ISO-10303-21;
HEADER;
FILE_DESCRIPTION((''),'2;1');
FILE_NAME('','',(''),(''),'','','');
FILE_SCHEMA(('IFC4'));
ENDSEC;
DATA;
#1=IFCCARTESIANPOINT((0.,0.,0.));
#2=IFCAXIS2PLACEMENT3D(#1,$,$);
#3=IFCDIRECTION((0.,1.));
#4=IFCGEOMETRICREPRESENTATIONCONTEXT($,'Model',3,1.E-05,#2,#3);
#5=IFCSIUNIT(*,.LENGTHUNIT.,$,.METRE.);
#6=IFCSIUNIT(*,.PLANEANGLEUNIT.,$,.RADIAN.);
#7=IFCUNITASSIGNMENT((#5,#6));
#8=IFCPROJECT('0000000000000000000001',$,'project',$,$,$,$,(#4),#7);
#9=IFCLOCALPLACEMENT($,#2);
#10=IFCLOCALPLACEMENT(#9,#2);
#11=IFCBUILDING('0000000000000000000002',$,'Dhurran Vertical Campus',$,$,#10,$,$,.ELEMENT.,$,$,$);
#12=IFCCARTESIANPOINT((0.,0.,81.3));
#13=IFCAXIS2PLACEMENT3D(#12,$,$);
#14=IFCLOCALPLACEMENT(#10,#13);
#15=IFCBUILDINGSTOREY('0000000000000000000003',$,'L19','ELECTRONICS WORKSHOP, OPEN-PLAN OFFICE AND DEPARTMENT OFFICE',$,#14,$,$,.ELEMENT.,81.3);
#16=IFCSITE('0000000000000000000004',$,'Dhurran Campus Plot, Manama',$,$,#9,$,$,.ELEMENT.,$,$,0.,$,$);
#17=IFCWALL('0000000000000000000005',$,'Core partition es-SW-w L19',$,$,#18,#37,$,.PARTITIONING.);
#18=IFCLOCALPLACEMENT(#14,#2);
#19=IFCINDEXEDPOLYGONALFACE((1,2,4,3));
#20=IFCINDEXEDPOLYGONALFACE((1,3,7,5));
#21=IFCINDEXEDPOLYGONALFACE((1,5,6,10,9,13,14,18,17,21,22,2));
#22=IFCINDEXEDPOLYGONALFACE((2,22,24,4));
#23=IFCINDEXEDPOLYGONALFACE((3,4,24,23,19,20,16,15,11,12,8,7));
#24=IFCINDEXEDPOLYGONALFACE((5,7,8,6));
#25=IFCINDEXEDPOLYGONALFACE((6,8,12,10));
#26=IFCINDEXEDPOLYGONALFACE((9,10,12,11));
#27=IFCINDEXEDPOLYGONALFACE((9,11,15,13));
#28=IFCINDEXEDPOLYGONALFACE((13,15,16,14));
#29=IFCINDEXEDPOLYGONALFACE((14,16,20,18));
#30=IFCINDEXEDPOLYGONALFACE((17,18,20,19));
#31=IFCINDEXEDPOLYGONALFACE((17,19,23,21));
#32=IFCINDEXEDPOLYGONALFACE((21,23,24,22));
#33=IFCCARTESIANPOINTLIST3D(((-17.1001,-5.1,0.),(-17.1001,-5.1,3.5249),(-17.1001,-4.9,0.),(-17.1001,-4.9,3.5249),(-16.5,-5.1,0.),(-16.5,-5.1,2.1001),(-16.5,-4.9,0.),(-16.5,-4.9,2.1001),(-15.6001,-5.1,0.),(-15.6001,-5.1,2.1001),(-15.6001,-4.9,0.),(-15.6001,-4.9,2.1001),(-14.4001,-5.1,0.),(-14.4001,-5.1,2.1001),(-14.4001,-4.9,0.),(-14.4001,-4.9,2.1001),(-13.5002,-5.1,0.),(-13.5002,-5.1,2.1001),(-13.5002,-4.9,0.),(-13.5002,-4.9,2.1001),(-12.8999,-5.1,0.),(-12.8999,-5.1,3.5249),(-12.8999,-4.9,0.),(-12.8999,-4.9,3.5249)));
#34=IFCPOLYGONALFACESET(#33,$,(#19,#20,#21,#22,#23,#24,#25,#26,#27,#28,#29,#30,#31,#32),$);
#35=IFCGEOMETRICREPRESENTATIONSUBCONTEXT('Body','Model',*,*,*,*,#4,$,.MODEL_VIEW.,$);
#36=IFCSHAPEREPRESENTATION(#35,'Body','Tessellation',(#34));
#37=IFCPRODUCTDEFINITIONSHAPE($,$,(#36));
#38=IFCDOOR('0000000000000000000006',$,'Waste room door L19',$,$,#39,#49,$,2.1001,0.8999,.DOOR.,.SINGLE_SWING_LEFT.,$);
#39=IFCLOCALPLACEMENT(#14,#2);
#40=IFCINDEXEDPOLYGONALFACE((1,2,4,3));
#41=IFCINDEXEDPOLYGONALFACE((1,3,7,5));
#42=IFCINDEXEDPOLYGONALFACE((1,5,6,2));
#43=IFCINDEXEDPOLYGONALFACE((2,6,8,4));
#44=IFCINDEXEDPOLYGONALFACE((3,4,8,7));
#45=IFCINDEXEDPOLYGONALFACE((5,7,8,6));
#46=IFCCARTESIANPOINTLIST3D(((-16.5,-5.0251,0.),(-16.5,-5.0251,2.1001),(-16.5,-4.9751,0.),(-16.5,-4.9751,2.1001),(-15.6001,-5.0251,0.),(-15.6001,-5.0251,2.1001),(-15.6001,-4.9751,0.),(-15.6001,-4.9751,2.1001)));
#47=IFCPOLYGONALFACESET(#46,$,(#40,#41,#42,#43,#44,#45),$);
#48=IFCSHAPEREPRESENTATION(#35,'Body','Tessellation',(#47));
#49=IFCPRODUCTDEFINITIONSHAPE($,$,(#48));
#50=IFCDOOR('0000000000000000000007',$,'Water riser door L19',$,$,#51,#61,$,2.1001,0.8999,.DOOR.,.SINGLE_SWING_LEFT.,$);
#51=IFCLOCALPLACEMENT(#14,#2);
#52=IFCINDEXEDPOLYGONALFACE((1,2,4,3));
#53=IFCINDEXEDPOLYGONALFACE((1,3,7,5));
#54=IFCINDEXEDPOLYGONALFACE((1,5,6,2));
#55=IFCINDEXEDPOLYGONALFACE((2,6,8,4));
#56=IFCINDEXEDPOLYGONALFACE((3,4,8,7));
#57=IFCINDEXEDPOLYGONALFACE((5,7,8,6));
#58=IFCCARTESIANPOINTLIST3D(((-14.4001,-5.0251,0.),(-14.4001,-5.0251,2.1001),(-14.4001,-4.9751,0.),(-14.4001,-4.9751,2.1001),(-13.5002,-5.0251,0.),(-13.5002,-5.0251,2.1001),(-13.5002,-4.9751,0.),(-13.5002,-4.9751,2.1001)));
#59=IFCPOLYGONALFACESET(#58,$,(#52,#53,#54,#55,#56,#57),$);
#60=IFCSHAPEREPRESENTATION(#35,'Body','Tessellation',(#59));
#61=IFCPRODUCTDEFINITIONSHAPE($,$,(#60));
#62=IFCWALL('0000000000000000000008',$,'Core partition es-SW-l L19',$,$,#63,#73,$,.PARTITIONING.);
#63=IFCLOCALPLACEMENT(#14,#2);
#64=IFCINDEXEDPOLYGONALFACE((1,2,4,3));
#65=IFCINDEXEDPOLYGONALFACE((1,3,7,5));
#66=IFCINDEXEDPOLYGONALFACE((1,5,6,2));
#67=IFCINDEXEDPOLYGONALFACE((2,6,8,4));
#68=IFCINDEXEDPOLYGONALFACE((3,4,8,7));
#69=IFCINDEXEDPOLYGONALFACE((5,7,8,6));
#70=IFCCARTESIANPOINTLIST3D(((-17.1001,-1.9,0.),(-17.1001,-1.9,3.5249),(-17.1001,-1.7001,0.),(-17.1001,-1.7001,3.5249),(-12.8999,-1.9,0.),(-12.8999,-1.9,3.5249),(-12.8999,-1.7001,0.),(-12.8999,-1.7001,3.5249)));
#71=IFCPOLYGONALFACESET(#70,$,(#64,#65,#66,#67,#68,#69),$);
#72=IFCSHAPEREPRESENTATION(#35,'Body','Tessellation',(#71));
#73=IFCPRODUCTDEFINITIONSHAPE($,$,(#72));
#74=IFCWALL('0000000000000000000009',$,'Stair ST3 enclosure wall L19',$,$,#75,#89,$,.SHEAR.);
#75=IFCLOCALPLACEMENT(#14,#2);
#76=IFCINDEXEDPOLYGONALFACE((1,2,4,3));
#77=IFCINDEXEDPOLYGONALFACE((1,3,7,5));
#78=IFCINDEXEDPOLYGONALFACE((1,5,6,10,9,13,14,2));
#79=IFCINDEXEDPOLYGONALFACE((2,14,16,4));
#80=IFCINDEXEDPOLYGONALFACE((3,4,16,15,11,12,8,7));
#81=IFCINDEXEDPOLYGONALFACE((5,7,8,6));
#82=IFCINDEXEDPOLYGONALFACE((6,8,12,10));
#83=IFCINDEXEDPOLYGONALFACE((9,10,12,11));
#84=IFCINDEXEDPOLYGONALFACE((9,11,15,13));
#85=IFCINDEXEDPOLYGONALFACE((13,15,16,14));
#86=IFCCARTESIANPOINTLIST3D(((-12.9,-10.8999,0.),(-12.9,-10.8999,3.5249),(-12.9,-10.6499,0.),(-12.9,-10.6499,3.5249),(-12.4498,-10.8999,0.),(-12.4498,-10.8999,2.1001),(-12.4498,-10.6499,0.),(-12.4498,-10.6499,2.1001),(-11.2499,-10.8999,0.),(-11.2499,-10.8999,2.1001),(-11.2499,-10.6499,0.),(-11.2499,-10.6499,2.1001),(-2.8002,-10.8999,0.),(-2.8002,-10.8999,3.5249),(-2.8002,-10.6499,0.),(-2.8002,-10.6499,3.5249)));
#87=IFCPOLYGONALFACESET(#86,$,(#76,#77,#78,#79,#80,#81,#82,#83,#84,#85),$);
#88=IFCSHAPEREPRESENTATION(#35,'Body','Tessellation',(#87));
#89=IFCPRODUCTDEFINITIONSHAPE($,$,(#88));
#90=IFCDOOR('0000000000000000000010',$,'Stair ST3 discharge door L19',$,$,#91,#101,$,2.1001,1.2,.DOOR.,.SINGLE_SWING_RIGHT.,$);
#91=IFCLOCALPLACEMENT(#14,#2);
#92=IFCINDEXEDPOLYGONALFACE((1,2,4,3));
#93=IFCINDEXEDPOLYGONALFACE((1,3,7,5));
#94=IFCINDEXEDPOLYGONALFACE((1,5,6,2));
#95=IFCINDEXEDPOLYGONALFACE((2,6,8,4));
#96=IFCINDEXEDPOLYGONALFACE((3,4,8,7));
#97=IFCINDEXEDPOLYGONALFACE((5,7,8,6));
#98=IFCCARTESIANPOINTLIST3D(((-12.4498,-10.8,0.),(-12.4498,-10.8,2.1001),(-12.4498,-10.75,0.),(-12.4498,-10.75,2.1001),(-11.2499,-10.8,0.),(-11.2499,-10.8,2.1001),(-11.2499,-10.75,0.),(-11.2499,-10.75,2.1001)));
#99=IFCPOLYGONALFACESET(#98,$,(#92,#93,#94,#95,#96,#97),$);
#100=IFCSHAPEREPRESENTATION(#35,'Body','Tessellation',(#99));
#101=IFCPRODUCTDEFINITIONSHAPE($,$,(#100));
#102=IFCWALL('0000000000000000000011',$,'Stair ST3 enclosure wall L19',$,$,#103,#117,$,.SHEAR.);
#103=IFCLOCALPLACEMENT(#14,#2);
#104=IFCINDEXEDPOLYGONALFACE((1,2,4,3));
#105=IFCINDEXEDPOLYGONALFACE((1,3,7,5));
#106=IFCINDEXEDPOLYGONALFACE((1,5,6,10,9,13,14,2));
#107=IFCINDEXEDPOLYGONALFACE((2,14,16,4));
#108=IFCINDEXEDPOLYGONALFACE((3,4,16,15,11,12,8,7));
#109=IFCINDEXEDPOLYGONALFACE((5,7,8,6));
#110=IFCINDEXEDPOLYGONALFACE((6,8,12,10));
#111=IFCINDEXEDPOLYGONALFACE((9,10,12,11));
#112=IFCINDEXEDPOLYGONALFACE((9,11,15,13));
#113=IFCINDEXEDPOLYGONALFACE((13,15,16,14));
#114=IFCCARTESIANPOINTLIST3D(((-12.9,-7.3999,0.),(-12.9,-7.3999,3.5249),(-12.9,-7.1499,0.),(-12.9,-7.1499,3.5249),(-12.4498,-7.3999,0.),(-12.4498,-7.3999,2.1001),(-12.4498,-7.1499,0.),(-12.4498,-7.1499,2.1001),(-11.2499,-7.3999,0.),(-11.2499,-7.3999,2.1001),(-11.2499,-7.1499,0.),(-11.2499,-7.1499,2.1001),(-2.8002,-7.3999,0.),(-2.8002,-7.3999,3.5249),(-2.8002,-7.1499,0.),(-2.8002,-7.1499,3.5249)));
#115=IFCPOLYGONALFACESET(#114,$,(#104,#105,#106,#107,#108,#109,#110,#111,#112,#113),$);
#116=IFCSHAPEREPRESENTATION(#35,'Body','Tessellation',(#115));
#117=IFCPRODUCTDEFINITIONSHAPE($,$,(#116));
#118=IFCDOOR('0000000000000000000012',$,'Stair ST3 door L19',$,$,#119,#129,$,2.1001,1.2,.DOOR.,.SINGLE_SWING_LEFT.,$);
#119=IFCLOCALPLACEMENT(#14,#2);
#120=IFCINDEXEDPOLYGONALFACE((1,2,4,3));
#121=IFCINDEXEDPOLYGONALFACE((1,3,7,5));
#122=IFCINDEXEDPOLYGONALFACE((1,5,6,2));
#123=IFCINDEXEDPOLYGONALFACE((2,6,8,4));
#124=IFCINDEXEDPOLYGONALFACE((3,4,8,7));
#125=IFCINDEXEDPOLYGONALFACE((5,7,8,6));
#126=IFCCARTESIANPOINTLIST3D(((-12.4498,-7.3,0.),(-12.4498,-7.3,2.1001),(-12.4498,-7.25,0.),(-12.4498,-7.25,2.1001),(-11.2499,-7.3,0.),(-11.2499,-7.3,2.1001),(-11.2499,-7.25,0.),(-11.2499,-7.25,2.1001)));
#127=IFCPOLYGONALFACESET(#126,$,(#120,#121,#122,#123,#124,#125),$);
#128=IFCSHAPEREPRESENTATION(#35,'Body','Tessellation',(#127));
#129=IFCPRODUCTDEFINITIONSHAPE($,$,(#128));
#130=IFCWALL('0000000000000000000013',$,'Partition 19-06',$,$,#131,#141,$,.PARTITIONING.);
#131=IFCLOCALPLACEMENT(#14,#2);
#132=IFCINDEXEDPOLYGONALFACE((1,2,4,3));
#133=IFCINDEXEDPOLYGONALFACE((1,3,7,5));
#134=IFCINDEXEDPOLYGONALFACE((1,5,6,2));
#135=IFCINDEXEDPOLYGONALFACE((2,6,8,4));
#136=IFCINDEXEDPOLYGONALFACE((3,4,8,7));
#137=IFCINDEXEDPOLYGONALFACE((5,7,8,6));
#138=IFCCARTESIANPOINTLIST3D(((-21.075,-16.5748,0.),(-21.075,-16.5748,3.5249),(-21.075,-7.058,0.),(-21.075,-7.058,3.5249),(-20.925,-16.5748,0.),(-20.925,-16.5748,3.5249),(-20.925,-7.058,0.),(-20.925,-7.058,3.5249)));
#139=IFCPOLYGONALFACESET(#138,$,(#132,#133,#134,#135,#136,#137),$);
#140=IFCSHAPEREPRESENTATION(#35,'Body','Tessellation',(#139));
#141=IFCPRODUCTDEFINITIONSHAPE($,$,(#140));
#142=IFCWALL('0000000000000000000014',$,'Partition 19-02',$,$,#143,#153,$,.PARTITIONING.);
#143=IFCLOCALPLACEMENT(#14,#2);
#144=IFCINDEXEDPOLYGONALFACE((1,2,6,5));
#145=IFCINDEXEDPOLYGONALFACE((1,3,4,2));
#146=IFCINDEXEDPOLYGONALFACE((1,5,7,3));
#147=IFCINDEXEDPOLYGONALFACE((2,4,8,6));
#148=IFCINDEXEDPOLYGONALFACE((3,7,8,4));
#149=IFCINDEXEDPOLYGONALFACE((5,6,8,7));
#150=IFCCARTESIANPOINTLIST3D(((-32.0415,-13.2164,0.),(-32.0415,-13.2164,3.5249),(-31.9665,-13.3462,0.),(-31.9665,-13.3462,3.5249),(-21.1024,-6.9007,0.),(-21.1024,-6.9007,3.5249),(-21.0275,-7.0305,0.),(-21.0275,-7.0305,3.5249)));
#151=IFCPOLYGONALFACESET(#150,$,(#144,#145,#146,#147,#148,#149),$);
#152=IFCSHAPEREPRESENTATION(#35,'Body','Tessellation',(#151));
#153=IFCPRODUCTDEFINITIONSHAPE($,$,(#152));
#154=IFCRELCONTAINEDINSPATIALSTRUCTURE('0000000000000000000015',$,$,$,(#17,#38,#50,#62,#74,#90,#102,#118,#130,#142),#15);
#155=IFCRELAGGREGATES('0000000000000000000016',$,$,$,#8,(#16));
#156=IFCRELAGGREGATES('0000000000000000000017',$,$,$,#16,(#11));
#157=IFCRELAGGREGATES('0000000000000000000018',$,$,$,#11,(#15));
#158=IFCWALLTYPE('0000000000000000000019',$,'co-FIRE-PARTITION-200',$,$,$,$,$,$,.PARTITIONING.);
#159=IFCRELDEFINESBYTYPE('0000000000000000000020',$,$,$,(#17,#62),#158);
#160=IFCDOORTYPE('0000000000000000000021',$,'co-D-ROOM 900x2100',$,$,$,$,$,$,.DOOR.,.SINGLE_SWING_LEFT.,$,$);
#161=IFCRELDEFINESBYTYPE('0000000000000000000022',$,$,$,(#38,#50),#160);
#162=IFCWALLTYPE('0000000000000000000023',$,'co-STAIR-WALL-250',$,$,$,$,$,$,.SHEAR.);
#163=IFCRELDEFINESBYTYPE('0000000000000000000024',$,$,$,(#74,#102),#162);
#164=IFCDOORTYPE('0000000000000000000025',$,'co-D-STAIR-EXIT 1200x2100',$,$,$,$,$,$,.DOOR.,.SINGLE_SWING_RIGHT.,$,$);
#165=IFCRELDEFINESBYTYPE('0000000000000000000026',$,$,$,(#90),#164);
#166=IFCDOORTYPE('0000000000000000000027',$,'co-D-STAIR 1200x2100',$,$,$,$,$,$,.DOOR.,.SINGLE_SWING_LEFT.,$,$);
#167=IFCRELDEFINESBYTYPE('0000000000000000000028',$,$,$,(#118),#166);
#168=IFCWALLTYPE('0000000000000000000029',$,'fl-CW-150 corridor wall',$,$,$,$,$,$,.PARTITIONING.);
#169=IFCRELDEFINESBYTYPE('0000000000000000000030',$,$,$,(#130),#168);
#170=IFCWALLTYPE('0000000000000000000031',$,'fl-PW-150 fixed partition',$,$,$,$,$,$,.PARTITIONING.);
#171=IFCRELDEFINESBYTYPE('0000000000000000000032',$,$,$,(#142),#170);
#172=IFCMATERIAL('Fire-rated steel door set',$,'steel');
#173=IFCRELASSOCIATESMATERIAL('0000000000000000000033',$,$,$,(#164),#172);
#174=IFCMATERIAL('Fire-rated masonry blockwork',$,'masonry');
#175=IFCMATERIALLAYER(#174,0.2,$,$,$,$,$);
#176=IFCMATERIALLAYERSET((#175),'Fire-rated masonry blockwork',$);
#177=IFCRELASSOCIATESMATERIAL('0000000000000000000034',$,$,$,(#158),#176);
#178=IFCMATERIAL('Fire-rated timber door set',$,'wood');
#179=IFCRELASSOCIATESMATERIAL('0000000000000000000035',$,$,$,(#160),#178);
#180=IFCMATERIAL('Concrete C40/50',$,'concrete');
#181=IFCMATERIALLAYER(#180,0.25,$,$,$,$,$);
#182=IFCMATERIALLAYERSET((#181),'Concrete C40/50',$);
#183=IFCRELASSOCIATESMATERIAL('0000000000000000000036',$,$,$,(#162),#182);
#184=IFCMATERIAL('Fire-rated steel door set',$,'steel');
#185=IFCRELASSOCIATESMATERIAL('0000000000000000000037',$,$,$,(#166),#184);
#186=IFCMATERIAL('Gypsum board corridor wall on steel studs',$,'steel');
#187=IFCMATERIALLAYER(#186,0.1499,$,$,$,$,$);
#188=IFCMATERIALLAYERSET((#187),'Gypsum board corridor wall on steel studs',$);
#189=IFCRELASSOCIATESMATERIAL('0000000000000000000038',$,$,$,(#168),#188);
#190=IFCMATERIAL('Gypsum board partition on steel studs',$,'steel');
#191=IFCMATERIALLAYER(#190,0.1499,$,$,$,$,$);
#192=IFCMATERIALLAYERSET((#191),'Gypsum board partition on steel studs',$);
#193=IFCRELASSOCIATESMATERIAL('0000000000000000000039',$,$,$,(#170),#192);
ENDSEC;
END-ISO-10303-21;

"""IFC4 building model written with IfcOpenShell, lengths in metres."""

from ifc_helpers import new_model, si_unit, direction, frame, frame_2d, origin, place, context, subcontext, project, spatial, rectangle, extrude, material, layer, layer_set, type_object, element, fill, save


model = new_model("IFC4")

# Units and contexts
model_context = context("Model", 3, precision=1e-05, world=origin(), true_north=direction((0.0, 1.0)))
body_context = subcontext(model_context, "Body", "Model", "MODEL_VIEW")
ifc_project = project(units=[si_unit("LENGTHUNIT", "METRE"), si_unit("PLANEANGLEUNIT", "RADIAN")], contexts=[model_context])

# Site, building, storey
site_placement = place(None, origin())
site = spatial("IfcSite", under=ifc_project, at=site_placement, Name="Dhurran Campus Plot, Manama", CompositionType="ELEMENT", RefElevation=0.0)
building_placement = place(site_placement, origin())
building = spatial("IfcBuilding", under=site, at=building_placement, Name="Dhurran Vertical Campus", CompositionType="ELEMENT")
storey_placement = place(building_placement, frame((0.0, 0.0, 81.3)))
storey = spatial("IfcBuildingStorey", under=building, at=storey_placement, Name="L19", Description="ELECTRONICS WORKSHOP, OPEN-PLAN OFFICE AND DEPARTMENT OFFICE", CompositionType="ELEMENT", Elevation=81.3)

# Shared definitions
ifc_material_1 = material(Name="Fire-rated steel door set", Category="steel")
door_type_1 = type_object("IfcDoorType", Name="co-D-STAIR-EXIT 1200x2100", OperationType="SINGLE_SWING_RIGHT", PredefinedType="DOOR", material=ifc_material_1)

# Shared definitions
ifc_material_2 = material(Name="Fire-rated masonry blockwork", Category="masonry")
ifc_layer_1 = layer(ifc_material_2, 0.2)
ifc_layer_set_1 = layer_set([ifc_layer_1], Name="Fire-rated masonry blockwork")
wall_type_1 = type_object("IfcWallType", Name="co-FIRE-PARTITION-200", PredefinedType="PARTITIONING", material=ifc_layer_set_1)
ifc_material_3 = material(Name="Fire-rated timber door set", Category="wood")
door_type_2 = type_object("IfcDoorType", Name="co-D-ROOM 900x2100", OperationType="SINGLE_SWING_LEFT", PredefinedType="DOOR", material=ifc_material_3)

# Wall, openings, doors
wall_1_placement = place(storey_placement, frame((-17.1001, -5.0, 0.0), z_axis=(0.0, 0.0, 1.0), x_axis=(1.0, 0.0, 0.0)))
wall_1 = element("IfcWall", 1, at=wall_1_placement, inside=storey, type_object=wall_type_1, Name="Core partition es-SW-w L19", PredefinedType="PARTITIONING", context=body_context, shape_type="SweptSolid", body=[
    extrude(rectangle(XDim=4.2002, YDim=0.2, at=frame_2d((2.1001, 0.0))), origin(), (0.0, 0.0, 1.0), 3.5249),
])
opening_1_placement = place(wall_1_placement, frame((0.6001, 0.0, 0.0)))
opening_1 = element("IfcOpeningElement", 2, at=opening_1_placement, cuts=wall_1, PredefinedType="OPENING", context=body_context, shape_type="SweptSolid", body=[
    extrude(rectangle(XDim=0.8999, YDim=2.1001, at=frame_2d((0.45, 1.05))), frame((0.0, 0.1099, 0.0), z_axis=(0.0, -1.0, 0.0), x_axis=(1.0, 0.0, 0.0)), (0.0, 0.0, 1.0), 0.22),
])
opening_2_placement = place(wall_1_placement, frame((2.7, 0.0, 0.0)))
opening_2 = element("IfcOpeningElement", 3, at=opening_2_placement, cuts=wall_1, PredefinedType="OPENING", context=body_context, shape_type="SweptSolid", body=[
    extrude(rectangle(XDim=0.8999, YDim=2.1001, at=frame_2d((0.45, 1.05))), frame((0.0, 0.1099, 0.0), z_axis=(0.0, -1.0, 0.0), x_axis=(1.0, 0.0, 0.0)), (0.0, 0.0, 1.0), 0.22),
])
door_1_placement = place(opening_1_placement, origin())
door_1 = element("IfcDoor", 4, at=door_1_placement, inside=storey, type_object=door_type_2, Name="Waste room door L19", OperationType="SINGLE_SWING_LEFT", OverallHeight=2.1001, OverallWidth=0.8999, PredefinedType="DOOR", context=body_context, shape_type="SweptSolid", body=[
    extrude(rectangle(XDim=0.8999, YDim=2.1001, at=frame_2d((0.45, 1.05))), frame((0.0, 0.0249, 0.0), z_axis=(0.0, -1.0, 0.0), x_axis=(1.0, 0.0, 0.0)), (0.0, 0.0, 1.0), 0.05),
])
fill(opening_1, door_1)
door_2_placement = place(opening_2_placement, origin())
door_2 = element("IfcDoor", 5, at=door_2_placement, inside=storey, type_object=door_type_2, Name="Water riser door L19", OperationType="SINGLE_SWING_LEFT", OverallHeight=2.1001, OverallWidth=0.8999, PredefinedType="DOOR", context=body_context, shape_type="SweptSolid", body=[
    extrude(rectangle(XDim=0.8999, YDim=2.1001, at=frame_2d((0.45, 1.05))), frame((0.0, 0.0249, 0.0), z_axis=(0.0, -1.0, 0.0), x_axis=(1.0, 0.0, 0.0)), (0.0, 0.0, 1.0), 0.05),
])
fill(opening_2, door_2)

# Wall
wall_2_placement = place(storey_placement, frame((-17.1001, -1.8, 0.0), z_axis=(0.0, 0.0, 1.0), x_axis=(1.0, 0.0, 0.0)))
element("IfcWall", 6, at=wall_2_placement, inside=storey, type_object=wall_type_1, Name="Core partition es-SW-l L19", PredefinedType="PARTITIONING", context=body_context, shape_type="SweptSolid", body=[
    extrude(rectangle(XDim=4.2002, YDim=0.2, at=frame_2d((2.1001, 0.0))), origin(), (0.0, 0.0, 1.0), 3.5249),
])

# Walls, openings, doors
ifc_material_4 = material(Name="Concrete C40/50", Category="concrete")
ifc_layer_2 = layer(ifc_material_4, 0.25)
ifc_layer_set_2 = layer_set([ifc_layer_2], Name="Concrete C40/50")
wall_type_2 = type_object("IfcWallType", Name="co-STAIR-WALL-250", PredefinedType="SHEAR", material=ifc_layer_set_2)
wall_3_placement = place(storey_placement, frame((-12.8999, -10.7749, 0.0), z_axis=(0.0, 0.0, 1.0), x_axis=(1.0, 0.0, 0.0)))
wall_3 = element("IfcWall", 7, at=wall_3_placement, inside=storey, type_object=wall_type_2, Name="Stair ST3 enclosure wall L19", PredefinedType="SHEAR", context=body_context, shape_type="SweptSolid", body=[
    extrude(rectangle(XDim=10.0999, YDim=0.25, at=frame_2d((5.0498, 0.0))), origin(), (0.0, 0.0, 1.0), 3.5249),
])
opening_3_placement = place(wall_3_placement, frame((0.45, 0.0, 0.0)))
opening_3 = element("IfcOpeningElement", 8, at=opening_3_placement, cuts=wall_3, PredefinedType="OPENING", context=body_context, shape_type="SweptSolid", body=[
    extrude(rectangle(XDim=1.2, YDim=2.1001, at=frame_2d((0.6001, 1.05))), frame((0.0, 0.135, 0.0), z_axis=(0.0, -1.0, 0.0), x_axis=(1.0, 0.0, 0.0)), (0.0, 0.0, 1.0), 0.27),
])
door_3_placement = place(opening_3_placement, origin())
door_3 = element("IfcDoor", 9, at=door_3_placement, inside=storey, type_object=door_type_1, Name="Stair ST3 discharge door L19", OperationType="SINGLE_SWING_RIGHT", OverallHeight=2.1001, OverallWidth=1.2, PredefinedType="DOOR", context=body_context, shape_type="SweptSolid", body=[
    extrude(rectangle(XDim=1.2, YDim=2.1001, at=frame_2d((0.6001, 1.05))), frame((0.0, 0.0249, 0.0), z_axis=(0.0, -1.0, 0.0), x_axis=(1.0, 0.0, 0.0)), (0.0, 0.0, 1.0), 0.05),
])
fill(opening_3, door_3)
wall_4_placement = place(storey_placement, frame((-12.8999, -7.2749, 0.0), z_axis=(0.0, 0.0, 1.0), x_axis=(1.0, 0.0, 0.0)))
wall_4 = element("IfcWall", 10, at=wall_4_placement, inside=storey, type_object=wall_type_2, Name="Stair ST3 enclosure wall L19", PredefinedType="SHEAR", context=body_context, shape_type="SweptSolid", body=[
    extrude(rectangle(XDim=10.0999, YDim=0.25, at=frame_2d((5.0498, 0.0))), origin(), (0.0, 0.0, 1.0), 3.5249),
])
opening_4_placement = place(wall_4_placement, frame((0.45, 0.0, 0.0)))
opening_4 = element("IfcOpeningElement", 11, at=opening_4_placement, cuts=wall_4, PredefinedType="OPENING", context=body_context, shape_type="SweptSolid", body=[
    extrude(rectangle(XDim=1.2, YDim=2.1001, at=frame_2d((0.6001, 1.05))), frame((0.0, 0.135, 0.0), z_axis=(0.0, -1.0, 0.0), x_axis=(1.0, 0.0, 0.0)), (0.0, 0.0, 1.0), 0.27),
])
ifc_material_5 = material(Name="Fire-rated steel door set", Category="steel")
door_type_3 = type_object("IfcDoorType", Name="co-D-STAIR 1200x2100", OperationType="SINGLE_SWING_LEFT", PredefinedType="DOOR", material=ifc_material_5)
door_4_placement = place(opening_4_placement, origin())
door_4 = element("IfcDoor", 12, at=door_4_placement, inside=storey, type_object=door_type_3, Name="Stair ST3 door L19", OperationType="SINGLE_SWING_LEFT", OverallHeight=2.1001, OverallWidth=1.2, PredefinedType="DOOR", context=body_context, shape_type="SweptSolid", body=[
    extrude(rectangle(XDim=1.2, YDim=2.1001, at=frame_2d((0.6001, 1.05))), frame((0.0, 0.0249, 0.0), z_axis=(0.0, -1.0, 0.0), x_axis=(1.0, 0.0, 0.0)), (0.0, 0.0, 1.0), 0.05),
])
fill(opening_4, door_4)

# Walls
ifc_material_6 = material(Name="Gypsum board corridor wall on steel studs", Category="steel")
ifc_layer_3 = layer(ifc_material_6, 0.1499)
ifc_layer_set_3 = layer_set([ifc_layer_3], Name="Gypsum board corridor wall on steel studs")
wall_type_3 = type_object("IfcWallType", Name="fl-CW-150 corridor wall", PredefinedType="PARTITIONING", material=ifc_layer_set_3)
wall_5_placement = place(storey_placement, frame((-21.0, -7.0581, 0.0), z_axis=(0.0, 0.0, 1.0), x_axis=(0.0, -1.0, 0.0)))
element("IfcWall", 13, at=wall_5_placement, inside=storey, type_object=wall_type_3, Name="Partition 19-06", PredefinedType="PARTITIONING", context=body_context, shape_type="SweptSolid", body=[
    extrude(rectangle(XDim=9.5168, YDim=0.1499, at=frame_2d((4.7583, 0.0))), origin(), (0.0, 0.0, 1.0), 3.5249),
])
ifc_material_7 = material(Name="Gypsum board partition on steel studs", Category="steel")
ifc_layer_4 = layer(ifc_material_7, 0.1499)
ifc_layer_set_4 = layer_set([ifc_layer_4], Name="Gypsum board partition on steel studs")
wall_type_4 = type_object("IfcWallType", Name="fl-PW-150 fixed partition", PredefinedType="PARTITIONING", material=ifc_layer_set_4)
wall_6_placement = place(storey_placement, frame((-21.0649, -6.9656, 0.0), z_axis=(0.0, 0.0, 1.0), x_axis=(-0.866023, -0.500004, 0.0)))
element("IfcWall", 14, at=wall_6_placement, inside=storey, type_object=wall_type_4, Name="Partition 19-02", PredefinedType="PARTITIONING", context=body_context, shape_type="SweptSolid", body=[
    extrude(rectangle(XDim=12.6313, YDim=0.1499, at=frame_2d((6.3157, 0.0))), origin(), (0.0, 0.0, 1.0), 3.5249),
])

save(model, "model.ifc")
